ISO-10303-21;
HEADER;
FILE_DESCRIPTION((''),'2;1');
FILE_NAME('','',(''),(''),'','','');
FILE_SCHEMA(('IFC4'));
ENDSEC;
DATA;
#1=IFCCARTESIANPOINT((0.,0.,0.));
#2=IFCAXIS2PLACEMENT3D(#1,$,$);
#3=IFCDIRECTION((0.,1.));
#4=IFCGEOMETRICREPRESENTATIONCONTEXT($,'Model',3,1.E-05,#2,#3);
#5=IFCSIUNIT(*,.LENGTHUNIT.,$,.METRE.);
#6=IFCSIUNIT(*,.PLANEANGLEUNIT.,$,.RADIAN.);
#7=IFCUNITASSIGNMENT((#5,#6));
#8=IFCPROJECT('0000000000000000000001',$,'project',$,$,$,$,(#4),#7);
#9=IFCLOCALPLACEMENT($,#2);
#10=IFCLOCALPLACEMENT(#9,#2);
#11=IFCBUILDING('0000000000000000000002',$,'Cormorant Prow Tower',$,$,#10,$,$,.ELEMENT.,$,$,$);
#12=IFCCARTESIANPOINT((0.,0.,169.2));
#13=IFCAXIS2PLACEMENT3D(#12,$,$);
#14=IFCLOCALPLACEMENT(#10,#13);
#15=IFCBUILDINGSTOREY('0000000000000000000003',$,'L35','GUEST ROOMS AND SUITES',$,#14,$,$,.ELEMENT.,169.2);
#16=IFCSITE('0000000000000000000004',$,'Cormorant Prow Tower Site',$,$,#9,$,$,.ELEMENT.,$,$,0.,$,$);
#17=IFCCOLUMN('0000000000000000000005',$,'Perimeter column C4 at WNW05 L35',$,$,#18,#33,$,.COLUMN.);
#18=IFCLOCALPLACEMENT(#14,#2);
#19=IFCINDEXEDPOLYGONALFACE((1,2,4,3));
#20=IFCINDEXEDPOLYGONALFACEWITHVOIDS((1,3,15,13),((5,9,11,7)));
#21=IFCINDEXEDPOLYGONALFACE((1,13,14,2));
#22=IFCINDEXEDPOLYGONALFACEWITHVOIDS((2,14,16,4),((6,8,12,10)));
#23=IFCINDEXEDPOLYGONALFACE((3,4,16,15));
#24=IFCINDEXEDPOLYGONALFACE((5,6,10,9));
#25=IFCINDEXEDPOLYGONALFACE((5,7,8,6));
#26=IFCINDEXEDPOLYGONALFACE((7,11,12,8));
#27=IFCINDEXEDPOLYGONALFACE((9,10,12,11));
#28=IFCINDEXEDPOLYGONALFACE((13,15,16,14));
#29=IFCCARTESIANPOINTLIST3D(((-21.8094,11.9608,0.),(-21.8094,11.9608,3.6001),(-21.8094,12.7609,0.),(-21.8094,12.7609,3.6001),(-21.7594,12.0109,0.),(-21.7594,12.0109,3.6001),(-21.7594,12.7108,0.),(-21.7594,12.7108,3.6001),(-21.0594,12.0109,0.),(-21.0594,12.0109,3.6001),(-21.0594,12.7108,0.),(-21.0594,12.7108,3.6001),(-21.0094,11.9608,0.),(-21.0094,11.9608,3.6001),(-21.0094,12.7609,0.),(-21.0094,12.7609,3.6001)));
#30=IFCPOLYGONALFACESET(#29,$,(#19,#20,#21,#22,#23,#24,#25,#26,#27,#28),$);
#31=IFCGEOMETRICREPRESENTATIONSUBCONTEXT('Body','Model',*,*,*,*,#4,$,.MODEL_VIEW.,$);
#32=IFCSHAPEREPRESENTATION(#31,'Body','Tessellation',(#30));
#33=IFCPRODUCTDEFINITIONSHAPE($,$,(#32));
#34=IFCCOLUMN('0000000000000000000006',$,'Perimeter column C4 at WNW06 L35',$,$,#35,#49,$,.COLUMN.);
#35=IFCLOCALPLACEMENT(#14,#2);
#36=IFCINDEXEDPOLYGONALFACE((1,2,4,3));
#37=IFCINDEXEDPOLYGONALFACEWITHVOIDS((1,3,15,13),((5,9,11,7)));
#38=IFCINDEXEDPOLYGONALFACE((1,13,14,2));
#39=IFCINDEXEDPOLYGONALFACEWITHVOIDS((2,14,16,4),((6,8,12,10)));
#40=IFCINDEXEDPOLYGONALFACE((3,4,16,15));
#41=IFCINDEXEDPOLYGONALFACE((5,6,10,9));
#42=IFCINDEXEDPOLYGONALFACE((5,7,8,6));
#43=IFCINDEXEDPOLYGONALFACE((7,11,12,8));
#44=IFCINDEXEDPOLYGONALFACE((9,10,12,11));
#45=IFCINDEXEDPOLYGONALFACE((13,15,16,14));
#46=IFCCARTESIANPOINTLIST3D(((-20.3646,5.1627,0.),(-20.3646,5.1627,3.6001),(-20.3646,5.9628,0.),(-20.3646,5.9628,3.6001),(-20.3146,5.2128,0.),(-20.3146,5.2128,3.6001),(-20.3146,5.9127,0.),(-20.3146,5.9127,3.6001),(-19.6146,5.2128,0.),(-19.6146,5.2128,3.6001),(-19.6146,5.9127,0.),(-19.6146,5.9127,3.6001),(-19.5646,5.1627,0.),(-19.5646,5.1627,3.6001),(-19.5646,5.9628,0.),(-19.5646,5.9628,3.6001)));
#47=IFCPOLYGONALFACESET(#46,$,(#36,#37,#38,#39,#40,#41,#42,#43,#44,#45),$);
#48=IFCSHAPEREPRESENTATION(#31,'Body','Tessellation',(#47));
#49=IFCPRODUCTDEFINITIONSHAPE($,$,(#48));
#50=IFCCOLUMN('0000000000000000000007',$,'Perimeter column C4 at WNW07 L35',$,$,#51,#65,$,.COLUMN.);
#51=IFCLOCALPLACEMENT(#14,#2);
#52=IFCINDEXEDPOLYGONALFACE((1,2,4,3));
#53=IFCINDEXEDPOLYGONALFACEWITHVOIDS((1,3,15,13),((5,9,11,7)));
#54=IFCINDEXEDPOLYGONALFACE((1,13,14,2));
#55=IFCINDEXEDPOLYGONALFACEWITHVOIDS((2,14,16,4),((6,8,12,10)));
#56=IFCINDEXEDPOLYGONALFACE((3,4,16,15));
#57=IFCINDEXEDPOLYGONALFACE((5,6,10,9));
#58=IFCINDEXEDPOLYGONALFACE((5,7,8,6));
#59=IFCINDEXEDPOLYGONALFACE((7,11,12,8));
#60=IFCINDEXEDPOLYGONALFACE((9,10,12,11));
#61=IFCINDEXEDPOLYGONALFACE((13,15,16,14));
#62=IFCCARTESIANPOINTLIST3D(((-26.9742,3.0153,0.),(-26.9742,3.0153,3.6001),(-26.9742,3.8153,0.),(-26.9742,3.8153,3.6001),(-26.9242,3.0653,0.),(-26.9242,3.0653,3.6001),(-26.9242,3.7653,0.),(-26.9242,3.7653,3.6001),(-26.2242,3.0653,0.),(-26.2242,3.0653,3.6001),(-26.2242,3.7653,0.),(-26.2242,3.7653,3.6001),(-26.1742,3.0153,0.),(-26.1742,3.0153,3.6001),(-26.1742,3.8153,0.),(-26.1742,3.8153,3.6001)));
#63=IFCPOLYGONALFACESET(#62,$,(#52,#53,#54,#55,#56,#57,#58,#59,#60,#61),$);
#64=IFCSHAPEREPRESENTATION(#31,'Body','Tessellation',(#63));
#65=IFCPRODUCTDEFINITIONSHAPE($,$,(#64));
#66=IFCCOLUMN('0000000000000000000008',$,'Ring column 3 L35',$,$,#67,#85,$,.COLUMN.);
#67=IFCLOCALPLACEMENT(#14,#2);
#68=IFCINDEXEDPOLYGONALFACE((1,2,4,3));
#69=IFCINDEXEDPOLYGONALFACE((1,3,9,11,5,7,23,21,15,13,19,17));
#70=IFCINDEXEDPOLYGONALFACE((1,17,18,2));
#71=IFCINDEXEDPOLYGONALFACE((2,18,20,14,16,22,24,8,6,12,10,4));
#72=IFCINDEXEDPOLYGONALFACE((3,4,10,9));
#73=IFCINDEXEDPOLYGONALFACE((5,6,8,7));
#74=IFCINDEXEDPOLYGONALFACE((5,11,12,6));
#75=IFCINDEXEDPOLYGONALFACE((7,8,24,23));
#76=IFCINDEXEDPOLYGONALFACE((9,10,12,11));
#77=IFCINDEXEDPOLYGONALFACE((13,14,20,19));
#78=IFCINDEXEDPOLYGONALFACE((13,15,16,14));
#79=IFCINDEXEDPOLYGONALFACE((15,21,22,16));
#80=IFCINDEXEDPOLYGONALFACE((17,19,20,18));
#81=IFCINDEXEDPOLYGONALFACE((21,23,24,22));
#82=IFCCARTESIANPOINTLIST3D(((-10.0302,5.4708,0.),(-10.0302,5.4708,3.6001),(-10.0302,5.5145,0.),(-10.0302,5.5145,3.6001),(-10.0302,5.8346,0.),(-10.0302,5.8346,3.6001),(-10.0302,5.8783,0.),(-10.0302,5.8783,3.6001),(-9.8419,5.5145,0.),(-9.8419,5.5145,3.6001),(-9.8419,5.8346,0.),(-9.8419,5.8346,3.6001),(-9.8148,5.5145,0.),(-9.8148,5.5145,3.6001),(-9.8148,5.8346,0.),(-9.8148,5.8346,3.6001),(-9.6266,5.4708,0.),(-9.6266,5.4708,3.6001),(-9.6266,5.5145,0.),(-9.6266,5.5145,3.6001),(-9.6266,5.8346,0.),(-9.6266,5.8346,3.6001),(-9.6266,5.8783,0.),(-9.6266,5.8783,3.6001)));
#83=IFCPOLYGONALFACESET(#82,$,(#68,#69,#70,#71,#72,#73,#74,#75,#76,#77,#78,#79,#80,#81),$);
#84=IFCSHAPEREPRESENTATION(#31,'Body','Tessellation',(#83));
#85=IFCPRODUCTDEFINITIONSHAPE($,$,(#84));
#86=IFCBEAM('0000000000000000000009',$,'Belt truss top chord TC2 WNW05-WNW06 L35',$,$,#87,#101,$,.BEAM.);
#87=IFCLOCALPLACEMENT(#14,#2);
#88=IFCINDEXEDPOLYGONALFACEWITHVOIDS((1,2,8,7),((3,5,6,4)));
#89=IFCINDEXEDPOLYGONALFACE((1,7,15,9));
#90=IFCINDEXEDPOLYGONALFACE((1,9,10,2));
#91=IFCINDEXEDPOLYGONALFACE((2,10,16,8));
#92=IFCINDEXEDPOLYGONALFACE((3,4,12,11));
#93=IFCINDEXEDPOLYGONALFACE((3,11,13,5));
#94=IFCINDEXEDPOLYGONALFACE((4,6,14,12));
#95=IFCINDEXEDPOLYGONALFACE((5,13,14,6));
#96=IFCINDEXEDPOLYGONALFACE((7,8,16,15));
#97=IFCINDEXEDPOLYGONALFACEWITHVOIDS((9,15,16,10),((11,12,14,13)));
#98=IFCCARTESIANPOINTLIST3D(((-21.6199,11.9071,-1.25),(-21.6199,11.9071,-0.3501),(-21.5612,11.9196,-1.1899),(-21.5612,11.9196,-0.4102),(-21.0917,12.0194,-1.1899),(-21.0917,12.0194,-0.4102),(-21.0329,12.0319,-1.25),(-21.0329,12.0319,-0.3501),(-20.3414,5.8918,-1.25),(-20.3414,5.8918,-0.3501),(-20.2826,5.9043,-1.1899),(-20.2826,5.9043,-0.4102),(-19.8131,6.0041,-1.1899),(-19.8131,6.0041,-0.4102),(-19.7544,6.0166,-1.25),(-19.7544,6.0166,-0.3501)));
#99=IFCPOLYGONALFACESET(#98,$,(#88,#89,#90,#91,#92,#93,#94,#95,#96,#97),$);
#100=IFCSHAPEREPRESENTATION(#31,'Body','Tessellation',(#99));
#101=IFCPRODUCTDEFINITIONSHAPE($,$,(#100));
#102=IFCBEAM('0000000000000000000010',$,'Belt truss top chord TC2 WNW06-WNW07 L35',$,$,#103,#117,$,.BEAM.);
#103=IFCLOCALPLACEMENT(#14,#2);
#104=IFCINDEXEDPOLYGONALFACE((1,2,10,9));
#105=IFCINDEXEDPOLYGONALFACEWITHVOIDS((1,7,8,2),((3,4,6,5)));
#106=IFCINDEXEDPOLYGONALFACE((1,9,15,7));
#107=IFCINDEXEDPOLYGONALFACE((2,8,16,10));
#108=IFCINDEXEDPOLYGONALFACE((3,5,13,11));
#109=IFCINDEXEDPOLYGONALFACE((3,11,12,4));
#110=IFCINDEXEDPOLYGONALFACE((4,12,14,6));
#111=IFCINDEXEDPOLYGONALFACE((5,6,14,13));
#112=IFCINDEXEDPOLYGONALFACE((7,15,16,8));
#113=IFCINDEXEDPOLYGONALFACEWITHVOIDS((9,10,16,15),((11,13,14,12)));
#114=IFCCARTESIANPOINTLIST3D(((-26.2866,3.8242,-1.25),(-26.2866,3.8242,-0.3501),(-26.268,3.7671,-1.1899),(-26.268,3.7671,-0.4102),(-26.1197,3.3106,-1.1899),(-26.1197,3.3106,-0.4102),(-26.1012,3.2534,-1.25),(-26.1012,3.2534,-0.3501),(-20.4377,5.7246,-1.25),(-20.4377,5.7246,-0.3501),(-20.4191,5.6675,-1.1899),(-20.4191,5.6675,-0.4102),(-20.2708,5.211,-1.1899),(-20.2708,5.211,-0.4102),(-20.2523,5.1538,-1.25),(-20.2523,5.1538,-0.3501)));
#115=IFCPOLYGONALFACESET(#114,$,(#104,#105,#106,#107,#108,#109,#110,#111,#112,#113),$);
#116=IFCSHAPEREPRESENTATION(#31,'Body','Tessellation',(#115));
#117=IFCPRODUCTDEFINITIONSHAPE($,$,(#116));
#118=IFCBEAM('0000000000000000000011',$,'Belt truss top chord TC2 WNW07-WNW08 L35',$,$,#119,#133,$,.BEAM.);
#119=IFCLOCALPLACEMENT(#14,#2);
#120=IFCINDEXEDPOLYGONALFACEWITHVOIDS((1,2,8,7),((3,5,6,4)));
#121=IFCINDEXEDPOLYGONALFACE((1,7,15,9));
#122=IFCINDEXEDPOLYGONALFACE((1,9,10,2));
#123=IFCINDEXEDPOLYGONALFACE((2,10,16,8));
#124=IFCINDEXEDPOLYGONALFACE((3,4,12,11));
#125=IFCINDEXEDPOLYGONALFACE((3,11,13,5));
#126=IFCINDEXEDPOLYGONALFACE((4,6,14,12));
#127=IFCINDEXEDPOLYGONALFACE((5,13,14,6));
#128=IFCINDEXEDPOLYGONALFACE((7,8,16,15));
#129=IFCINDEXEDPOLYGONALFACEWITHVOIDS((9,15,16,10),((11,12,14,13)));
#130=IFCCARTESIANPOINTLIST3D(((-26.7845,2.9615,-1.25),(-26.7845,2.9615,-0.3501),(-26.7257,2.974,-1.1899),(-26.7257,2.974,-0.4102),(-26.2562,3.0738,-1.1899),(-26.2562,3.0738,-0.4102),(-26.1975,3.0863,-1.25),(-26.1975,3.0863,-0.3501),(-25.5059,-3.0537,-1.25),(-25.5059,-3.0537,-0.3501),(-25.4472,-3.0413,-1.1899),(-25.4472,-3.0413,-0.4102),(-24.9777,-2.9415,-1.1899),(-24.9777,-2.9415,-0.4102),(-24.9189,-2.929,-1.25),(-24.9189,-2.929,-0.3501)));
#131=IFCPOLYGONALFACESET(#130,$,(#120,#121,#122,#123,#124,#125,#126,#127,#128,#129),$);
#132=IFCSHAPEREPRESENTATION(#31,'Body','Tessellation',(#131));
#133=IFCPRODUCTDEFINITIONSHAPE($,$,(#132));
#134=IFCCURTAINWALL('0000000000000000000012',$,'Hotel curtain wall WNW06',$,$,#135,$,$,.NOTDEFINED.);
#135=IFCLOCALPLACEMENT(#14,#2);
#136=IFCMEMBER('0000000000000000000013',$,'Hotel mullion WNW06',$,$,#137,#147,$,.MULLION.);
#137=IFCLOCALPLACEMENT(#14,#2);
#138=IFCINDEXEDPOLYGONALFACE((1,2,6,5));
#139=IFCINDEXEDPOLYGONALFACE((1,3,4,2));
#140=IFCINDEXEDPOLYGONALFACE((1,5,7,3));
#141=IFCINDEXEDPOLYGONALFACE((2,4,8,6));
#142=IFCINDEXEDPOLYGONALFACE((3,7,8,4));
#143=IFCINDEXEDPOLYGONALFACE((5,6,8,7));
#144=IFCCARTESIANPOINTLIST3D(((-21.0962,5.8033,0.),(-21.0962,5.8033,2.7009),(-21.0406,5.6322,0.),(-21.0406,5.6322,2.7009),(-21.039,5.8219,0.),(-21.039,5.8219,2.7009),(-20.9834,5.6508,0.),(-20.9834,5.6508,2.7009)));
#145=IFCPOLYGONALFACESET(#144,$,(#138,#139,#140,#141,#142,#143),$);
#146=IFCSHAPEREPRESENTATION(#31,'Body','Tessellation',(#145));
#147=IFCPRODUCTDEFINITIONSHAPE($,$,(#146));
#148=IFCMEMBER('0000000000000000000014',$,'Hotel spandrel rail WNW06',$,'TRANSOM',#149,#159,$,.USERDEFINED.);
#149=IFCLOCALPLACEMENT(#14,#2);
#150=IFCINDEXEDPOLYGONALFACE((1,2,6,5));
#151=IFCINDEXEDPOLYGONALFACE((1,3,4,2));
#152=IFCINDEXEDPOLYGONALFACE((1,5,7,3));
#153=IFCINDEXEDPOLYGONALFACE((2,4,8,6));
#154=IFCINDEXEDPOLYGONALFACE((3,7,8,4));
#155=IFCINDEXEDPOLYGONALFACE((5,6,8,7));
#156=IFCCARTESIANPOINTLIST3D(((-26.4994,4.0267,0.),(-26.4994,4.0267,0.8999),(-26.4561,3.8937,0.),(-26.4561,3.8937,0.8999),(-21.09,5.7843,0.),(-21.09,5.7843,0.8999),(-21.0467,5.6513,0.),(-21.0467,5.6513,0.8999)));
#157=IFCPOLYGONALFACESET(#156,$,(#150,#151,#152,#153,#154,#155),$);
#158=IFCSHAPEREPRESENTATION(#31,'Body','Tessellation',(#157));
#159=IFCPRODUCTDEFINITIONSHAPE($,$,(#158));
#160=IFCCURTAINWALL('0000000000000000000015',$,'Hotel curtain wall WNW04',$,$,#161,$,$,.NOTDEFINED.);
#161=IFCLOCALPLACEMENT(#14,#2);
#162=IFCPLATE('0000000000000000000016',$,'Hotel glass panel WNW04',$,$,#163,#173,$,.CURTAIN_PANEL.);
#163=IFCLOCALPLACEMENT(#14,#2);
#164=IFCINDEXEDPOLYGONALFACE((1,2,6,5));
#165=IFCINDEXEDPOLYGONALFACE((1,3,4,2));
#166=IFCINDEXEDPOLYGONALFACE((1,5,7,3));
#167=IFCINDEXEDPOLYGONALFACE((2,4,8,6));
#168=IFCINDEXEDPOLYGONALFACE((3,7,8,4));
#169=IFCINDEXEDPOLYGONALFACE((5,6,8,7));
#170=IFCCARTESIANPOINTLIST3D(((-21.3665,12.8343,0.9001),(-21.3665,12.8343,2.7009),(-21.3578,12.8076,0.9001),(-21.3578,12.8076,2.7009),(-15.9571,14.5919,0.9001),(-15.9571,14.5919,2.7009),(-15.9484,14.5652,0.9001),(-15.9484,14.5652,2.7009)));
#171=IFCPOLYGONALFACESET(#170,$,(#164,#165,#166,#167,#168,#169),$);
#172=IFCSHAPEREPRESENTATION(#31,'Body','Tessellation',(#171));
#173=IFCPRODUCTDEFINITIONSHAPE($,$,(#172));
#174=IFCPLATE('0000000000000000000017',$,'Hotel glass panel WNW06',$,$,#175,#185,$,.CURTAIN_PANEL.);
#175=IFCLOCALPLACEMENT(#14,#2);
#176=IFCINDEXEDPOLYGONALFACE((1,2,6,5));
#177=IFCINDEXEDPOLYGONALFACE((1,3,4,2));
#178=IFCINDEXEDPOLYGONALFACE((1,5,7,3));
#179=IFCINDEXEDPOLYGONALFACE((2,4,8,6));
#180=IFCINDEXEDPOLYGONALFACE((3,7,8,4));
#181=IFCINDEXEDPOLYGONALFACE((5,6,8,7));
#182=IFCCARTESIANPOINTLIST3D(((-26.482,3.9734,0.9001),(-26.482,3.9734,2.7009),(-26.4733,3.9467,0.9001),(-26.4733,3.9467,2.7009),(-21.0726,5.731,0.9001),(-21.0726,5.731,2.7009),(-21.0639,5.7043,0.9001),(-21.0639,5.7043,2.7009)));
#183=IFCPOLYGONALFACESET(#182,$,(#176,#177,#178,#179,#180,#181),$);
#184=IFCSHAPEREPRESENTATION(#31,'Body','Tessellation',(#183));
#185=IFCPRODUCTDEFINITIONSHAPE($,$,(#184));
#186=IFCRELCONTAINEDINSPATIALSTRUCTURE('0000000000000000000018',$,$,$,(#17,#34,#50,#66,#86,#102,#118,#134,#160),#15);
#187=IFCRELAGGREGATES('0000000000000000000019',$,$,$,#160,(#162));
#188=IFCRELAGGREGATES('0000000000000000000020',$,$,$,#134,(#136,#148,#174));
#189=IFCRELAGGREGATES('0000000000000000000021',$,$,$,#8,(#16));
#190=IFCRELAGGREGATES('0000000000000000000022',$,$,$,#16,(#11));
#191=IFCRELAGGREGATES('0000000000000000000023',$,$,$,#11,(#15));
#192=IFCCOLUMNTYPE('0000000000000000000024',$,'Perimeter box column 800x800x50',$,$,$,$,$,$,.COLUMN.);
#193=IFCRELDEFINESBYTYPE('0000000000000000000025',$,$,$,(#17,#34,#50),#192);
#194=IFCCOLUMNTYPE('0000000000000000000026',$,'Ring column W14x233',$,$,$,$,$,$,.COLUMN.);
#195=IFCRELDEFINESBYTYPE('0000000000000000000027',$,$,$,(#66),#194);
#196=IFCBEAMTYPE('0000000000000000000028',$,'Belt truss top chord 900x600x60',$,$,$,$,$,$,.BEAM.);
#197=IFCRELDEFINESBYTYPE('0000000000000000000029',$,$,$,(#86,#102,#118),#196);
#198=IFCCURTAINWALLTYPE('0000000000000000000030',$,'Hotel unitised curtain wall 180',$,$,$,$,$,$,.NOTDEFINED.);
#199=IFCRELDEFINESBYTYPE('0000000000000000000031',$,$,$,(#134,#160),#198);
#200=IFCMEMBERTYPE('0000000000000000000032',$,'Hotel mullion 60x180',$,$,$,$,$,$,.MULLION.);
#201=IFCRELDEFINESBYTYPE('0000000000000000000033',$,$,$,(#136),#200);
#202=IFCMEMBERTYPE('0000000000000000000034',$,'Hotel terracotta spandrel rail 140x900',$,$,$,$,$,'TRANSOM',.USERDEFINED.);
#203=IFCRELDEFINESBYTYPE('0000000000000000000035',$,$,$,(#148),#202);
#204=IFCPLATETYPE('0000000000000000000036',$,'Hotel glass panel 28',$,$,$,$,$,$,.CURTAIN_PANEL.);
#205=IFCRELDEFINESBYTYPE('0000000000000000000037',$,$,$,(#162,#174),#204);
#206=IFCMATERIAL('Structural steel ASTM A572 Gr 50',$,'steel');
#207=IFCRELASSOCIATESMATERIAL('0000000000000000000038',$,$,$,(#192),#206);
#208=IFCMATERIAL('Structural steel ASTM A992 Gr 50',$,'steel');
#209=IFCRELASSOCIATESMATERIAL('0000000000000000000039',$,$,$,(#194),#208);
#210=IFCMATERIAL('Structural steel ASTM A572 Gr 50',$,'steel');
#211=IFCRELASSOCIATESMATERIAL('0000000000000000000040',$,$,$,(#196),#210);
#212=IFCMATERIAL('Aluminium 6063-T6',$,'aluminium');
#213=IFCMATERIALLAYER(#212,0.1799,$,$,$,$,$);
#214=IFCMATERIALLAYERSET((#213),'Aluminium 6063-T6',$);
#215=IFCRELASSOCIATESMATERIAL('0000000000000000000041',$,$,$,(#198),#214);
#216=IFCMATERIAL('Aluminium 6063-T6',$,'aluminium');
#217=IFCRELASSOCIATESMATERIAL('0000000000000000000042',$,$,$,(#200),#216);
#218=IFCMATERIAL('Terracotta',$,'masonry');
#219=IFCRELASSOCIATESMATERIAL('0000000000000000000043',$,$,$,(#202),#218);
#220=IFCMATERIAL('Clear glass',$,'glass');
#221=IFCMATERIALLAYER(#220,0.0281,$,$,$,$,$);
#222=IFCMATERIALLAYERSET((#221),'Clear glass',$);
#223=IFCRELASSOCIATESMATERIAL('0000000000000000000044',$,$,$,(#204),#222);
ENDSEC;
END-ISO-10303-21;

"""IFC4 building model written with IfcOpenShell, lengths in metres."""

from ifc_helpers import new_model, si_unit, direction, frame, origin, origin_2d, place, context, subcontext, project, spatial, rectangle, hollow_rectangle, i_section, extrude, material, layer, layer_set, material_profile, profile_set, type_object, element, aggregate, save


model = new_model("IFC4")

# Units and contexts
model_context = context("Model", 3, precision=1e-05, world=origin(), true_north=direction((0.0, 1.0)))
body_context = subcontext(model_context, "Body", "Model", "MODEL_VIEW")
ifc_project = project(units=[si_unit("LENGTHUNIT", "METRE"), si_unit("PLANEANGLEUNIT", "RADIAN")], contexts=[model_context])

# Site, building, storey
site_placement = place(None, origin())
site = spatial("IfcSite", under=ifc_project, at=site_placement, Name="Cormorant Prow Tower Site", CompositionType="ELEMENT", RefElevation=0.0)
building_placement = place(site_placement, origin())
building = spatial("IfcBuilding", under=site, at=building_placement, Name="Cormorant Prow Tower", CompositionType="ELEMENT")
storey_placement = place(building_placement, frame((0.0, 0.0, 169.2)))
storey = spatial("IfcBuildingStorey", under=building, at=storey_placement, Name="L35", Description="GUEST ROOMS AND SUITES", CompositionType="ELEMENT", Elevation=169.2)

# Columns
ifc_material_1 = material(Name="Structural steel ASTM A572 Gr 50", Category="steel")
ifc_material_profile_1 = material_profile(ifc_material_1, hollow_rectangle(XDim=0.8, YDim=0.8, WallThickness=0.05, at=origin_2d()), Name="Box 800x800x50")
ifc_profile_set_1 = profile_set([ifc_material_profile_1], Name="Structural steel ASTM A572 Gr 50")
column_type_1 = type_object("IfcColumnType", Name="Perimeter box column 800x800x50", PredefinedType="COLUMN", material=ifc_profile_set_1)
for number, where, z_axis, x_axis, name in (
    (1, (-21.4094, 12.3608, 0.0), (0.0, 0.0, 1.0), (1.0, 0.0, 0.0), "Perimeter column C4 at WNW05 L35"),
    (2, (-19.9646, 5.5627, 0.0), (0.0, 0.0, 1.0), (1.0, 0.0, 0.0), "Perimeter column C4 at WNW06 L35"),
    (3, (-26.5742, 3.4153, 0.0), (0.0, 0.0, 1.0), (1.0, 0.0, 0.0), "Perimeter column C4 at WNW07 L35"),
):
    element("IfcColumn", number, at=place(storey_placement, frame(where, z_axis=z_axis, x_axis=x_axis)), inside=storey, type_object=column_type_1, Name=name, PredefinedType="COLUMN", context=body_context, shape_type="SweptSolid", body=[
        extrude(hollow_rectangle(XDim=0.8, YDim=0.8, WallThickness=0.05, at=origin_2d()), origin(), (0.0, 0.0, 1.0), 3.6001),
    ])
ifc_material_2 = material(Name="Structural steel ASTM A992 Gr 50", Category="steel")
ifc_material_profile_2 = material_profile(ifc_material_2, i_section(OverallWidth=0.4036, OverallDepth=0.4075, WebThickness=0.0271, FlangeThickness=0.0437, at=origin_2d()), Name="W14x233")
ifc_profile_set_2 = profile_set([ifc_material_profile_2], Name="Structural steel ASTM A992 Gr 50")
column_type_2 = type_object("IfcColumnType", Name="Ring column W14x233", PredefinedType="COLUMN", material=ifc_profile_set_2)
column_placement = place(storey_placement, frame((-9.8284, 5.6746, 0.0), z_axis=(0.0, 0.0, 1.0), x_axis=(1.0, 0.0, 0.0)))
element("IfcColumn", 4, at=column_placement, inside=storey, type_object=column_type_2, Name="Ring column 3 L35", PredefinedType="COLUMN", context=body_context, shape_type="SweptSolid", body=[
    extrude(i_section(OverallWidth=0.4036, OverallDepth=0.4075, WebThickness=0.0271, FlangeThickness=0.0437, at=origin_2d()), origin(), (0.0, 0.0, 1.0), 3.6001),
])

# Beams
ifc_material_3 = material(Name="Structural steel ASTM A572 Gr 50", Category="steel")
ifc_material_profile_3 = material_profile(ifc_material_3, hollow_rectangle(XDim=0.6001, YDim=0.8999, WallThickness=0.0601, at=origin_2d()), Name="Box 900x600x60")
ifc_profile_set_3 = profile_set([ifc_material_profile_3], Name="Structural steel ASTM A572 Gr 50")
beam_type = type_object("IfcBeamType", Name="Belt truss top chord 900x600x60", PredefinedType="BEAM", material=ifc_profile_set_3)
beam_1_placement = place(storey_placement, frame((-21.3264, 11.9695, -0.8), z_axis=(0.207905, -0.978149, 0.0), x_axis=(0.978149, 0.207905, 0.0)))
element("IfcBeam", 5, at=beam_1_placement, inside=storey, type_object=beam_type, Name="Belt truss top chord TC2 WNW05-WNW06 L35", PredefinedType="BEAM", context=body_context, shape_type="SweptSolid", body=[
    extrude(hollow_rectangle(XDim=0.6001, YDim=0.8999, WallThickness=0.0601, at=origin_2d()), origin(), (0.0, 0.0, 1.0), 6.1497),
])
beam_2_placement = place(storey_placement, frame((-20.345, 5.4392, -0.8), z_axis=(-0.951058, -0.309013, 0.0), x_axis=(0.309013, -0.951058, 0.0)))
element("IfcBeam", 6, at=beam_2_placement, inside=storey, type_object=beam_type, Name="Belt truss top chord TC2 WNW06-WNW07 L35", PredefinedType="BEAM", context=body_context, shape_type="SweptSolid", body=[
    extrude(hollow_rectangle(XDim=0.6001, YDim=0.8999, WallThickness=0.0601, at=origin_2d()), origin(), (0.0, 0.0, 1.0), 6.1499),
])
beam_3_placement = place(storey_placement, frame((-26.491, 3.0239, -0.8), z_axis=(0.207905, -0.978149, 0.0), x_axis=(0.978149, 0.207905, 0.0)))
element("IfcBeam", 7, at=beam_3_placement, inside=storey, type_object=beam_type, Name="Belt truss top chord TC2 WNW07-WNW08 L35", PredefinedType="BEAM", context=body_context, shape_type="SweptSolid", body=[
    extrude(hollow_rectangle(XDim=0.6001, YDim=0.8999, WallThickness=0.0601, at=origin_2d()), origin(), (0.0, 0.0, 1.0), 6.1497),
])

# Curtain wall, members
ifc_material_4 = material(Name="Aluminium 6063-T6", Category="aluminium")
ifc_layer_1 = layer(ifc_material_4, 0.1799)
ifc_layer_set_1 = layer_set([ifc_layer_1], Name="Aluminium 6063-T6")
curtain_wall_type = type_object("IfcCurtainWallType", Name="Hotel unitised curtain wall 180", PredefinedType="NOTDEFINED", material=ifc_layer_set_1)
curtain_wall_1_placement = place(storey_placement, origin())
curtain_wall_1 = element("IfcCurtainWall", 8, at=curtain_wall_1_placement, inside=storey, type_object=curtain_wall_type, Name="Hotel curtain wall WNW06", PredefinedType="NOTDEFINED")
ifc_material_5 = material(Name="Aluminium 6063-T6", Category="aluminium")
ifc_material_profile_4 = material_profile(ifc_material_5, rectangle(XDim=0.1799, YDim=0.0601, at=origin_2d()), Name="Hotel mullion 60x180")
ifc_profile_set_4 = profile_set([ifc_material_profile_4], Name="Aluminium 6063-T6")
member_type_1 = type_object("IfcMemberType", Name="Hotel mullion 60x180", PredefinedType="MULLION", material=ifc_profile_set_4)
member_1_placement = place(storey_placement, frame((-21.0398, 5.7271, 0.0), z_axis=(0.0, 0.0, 1.0), x_axis=(0.309017, -0.951057, 0.0)))
member_1 = element("IfcMember", 9, at=member_1_placement, type_object=member_type_1, Name="Hotel mullion WNW06", PredefinedType="MULLION", context=body_context, shape_type="SweptSolid", body=[
    extrude(rectangle(XDim=0.1799, YDim=0.0601, at=origin_2d()), origin(), (0.0, 0.0, 1.0), 2.7009),
])
ifc_material_6 = material(Name="Terracotta", Category="masonry")
ifc_material_profile_5 = material_profile(ifc_material_6, rectangle(XDim=0.1399, YDim=0.8999, at=origin_2d()), Name="Hotel terracotta spandrel rail 140x900")
ifc_profile_set_5 = profile_set([ifc_material_profile_5], Name="Terracotta")
member_type_2 = type_object("IfcMemberType", Name="Hotel terracotta spandrel rail 140x900", ElementType="TRANSOM", PredefinedType="USERDEFINED", material=ifc_profile_set_5)
member_2_placement = place(storey_placement, frame((-21.0684, 5.7178, 0.45), z_axis=(-0.95106, -0.309007, 0.0), x_axis=(0.309007, -0.95106, 0.0)))
member_2 = element("IfcMember", 10, at=member_2_placement, type_object=member_type_2, Name="Hotel spandrel rail WNW06", ObjectType="TRANSOM", PredefinedType="USERDEFINED", context=body_context, shape_type="SweptSolid", body=[
    extrude(rectangle(XDim=0.1399, YDim=0.8999, at=origin_2d()), origin(), (0.0, 0.0, 1.0), 5.6877),
])

# Curtain wall, plate
curtain_wall_2_placement = place(storey_placement, origin())
curtain_wall_2 = element("IfcCurtainWall", 11, at=curtain_wall_2_placement, inside=storey, type_object=curtain_wall_type, Name="Hotel curtain wall WNW04", PredefinedType="NOTDEFINED")
ifc_material_7 = material(Name="Clear glass", Category="glass")
ifc_layer_2 = layer(ifc_material_7, 0.0281)
ifc_layer_set_2 = layer_set([ifc_layer_2], Name="Clear glass")
plate_type = type_object("IfcPlateType", Name="Hotel glass panel 28", PredefinedType="CURTAIN_PANEL", material=ifc_layer_set_2)
plate_1_placement = place(storey_placement, frame((-18.6575, 13.6997, 0.9001), z_axis=(0.0, 0.0, 1.0), x_axis=(-0.951057, -0.309017, 0.0)))
plate_1 = element("IfcPlate", 12, at=plate_1_placement, type_object=plate_type, Name="Hotel glass panel WNW04", PredefinedType="CURTAIN_PANEL", context=body_context, shape_type="SweptSolid", body=[
    extrude(rectangle(XDim=5.6877, YDim=0.0281, at=origin_2d()), origin(), (0.0, 0.0, 1.0), 1.8008),
])
aggregate(curtain_wall_2, [plate_1])

# Plate
plate_2_placement = place(storey_placement, frame((-23.7729, 4.8389, 0.9001), z_axis=(0.0, 0.0, 1.0), x_axis=(-0.951057, -0.309017, 0.0)))
plate_2 = element("IfcPlate", 13, at=plate_2_placement, type_object=plate_type, Name="Hotel glass panel WNW06", PredefinedType="CURTAIN_PANEL", context=body_context, shape_type="SweptSolid", body=[
    extrude(rectangle(XDim=5.6877, YDim=0.0281, at=origin_2d()), origin(), (0.0, 0.0, 1.0), 1.8008),
])
aggregate(curtain_wall_1, [member_1, member_2, plate_2])

save(model, "model.ifc")
